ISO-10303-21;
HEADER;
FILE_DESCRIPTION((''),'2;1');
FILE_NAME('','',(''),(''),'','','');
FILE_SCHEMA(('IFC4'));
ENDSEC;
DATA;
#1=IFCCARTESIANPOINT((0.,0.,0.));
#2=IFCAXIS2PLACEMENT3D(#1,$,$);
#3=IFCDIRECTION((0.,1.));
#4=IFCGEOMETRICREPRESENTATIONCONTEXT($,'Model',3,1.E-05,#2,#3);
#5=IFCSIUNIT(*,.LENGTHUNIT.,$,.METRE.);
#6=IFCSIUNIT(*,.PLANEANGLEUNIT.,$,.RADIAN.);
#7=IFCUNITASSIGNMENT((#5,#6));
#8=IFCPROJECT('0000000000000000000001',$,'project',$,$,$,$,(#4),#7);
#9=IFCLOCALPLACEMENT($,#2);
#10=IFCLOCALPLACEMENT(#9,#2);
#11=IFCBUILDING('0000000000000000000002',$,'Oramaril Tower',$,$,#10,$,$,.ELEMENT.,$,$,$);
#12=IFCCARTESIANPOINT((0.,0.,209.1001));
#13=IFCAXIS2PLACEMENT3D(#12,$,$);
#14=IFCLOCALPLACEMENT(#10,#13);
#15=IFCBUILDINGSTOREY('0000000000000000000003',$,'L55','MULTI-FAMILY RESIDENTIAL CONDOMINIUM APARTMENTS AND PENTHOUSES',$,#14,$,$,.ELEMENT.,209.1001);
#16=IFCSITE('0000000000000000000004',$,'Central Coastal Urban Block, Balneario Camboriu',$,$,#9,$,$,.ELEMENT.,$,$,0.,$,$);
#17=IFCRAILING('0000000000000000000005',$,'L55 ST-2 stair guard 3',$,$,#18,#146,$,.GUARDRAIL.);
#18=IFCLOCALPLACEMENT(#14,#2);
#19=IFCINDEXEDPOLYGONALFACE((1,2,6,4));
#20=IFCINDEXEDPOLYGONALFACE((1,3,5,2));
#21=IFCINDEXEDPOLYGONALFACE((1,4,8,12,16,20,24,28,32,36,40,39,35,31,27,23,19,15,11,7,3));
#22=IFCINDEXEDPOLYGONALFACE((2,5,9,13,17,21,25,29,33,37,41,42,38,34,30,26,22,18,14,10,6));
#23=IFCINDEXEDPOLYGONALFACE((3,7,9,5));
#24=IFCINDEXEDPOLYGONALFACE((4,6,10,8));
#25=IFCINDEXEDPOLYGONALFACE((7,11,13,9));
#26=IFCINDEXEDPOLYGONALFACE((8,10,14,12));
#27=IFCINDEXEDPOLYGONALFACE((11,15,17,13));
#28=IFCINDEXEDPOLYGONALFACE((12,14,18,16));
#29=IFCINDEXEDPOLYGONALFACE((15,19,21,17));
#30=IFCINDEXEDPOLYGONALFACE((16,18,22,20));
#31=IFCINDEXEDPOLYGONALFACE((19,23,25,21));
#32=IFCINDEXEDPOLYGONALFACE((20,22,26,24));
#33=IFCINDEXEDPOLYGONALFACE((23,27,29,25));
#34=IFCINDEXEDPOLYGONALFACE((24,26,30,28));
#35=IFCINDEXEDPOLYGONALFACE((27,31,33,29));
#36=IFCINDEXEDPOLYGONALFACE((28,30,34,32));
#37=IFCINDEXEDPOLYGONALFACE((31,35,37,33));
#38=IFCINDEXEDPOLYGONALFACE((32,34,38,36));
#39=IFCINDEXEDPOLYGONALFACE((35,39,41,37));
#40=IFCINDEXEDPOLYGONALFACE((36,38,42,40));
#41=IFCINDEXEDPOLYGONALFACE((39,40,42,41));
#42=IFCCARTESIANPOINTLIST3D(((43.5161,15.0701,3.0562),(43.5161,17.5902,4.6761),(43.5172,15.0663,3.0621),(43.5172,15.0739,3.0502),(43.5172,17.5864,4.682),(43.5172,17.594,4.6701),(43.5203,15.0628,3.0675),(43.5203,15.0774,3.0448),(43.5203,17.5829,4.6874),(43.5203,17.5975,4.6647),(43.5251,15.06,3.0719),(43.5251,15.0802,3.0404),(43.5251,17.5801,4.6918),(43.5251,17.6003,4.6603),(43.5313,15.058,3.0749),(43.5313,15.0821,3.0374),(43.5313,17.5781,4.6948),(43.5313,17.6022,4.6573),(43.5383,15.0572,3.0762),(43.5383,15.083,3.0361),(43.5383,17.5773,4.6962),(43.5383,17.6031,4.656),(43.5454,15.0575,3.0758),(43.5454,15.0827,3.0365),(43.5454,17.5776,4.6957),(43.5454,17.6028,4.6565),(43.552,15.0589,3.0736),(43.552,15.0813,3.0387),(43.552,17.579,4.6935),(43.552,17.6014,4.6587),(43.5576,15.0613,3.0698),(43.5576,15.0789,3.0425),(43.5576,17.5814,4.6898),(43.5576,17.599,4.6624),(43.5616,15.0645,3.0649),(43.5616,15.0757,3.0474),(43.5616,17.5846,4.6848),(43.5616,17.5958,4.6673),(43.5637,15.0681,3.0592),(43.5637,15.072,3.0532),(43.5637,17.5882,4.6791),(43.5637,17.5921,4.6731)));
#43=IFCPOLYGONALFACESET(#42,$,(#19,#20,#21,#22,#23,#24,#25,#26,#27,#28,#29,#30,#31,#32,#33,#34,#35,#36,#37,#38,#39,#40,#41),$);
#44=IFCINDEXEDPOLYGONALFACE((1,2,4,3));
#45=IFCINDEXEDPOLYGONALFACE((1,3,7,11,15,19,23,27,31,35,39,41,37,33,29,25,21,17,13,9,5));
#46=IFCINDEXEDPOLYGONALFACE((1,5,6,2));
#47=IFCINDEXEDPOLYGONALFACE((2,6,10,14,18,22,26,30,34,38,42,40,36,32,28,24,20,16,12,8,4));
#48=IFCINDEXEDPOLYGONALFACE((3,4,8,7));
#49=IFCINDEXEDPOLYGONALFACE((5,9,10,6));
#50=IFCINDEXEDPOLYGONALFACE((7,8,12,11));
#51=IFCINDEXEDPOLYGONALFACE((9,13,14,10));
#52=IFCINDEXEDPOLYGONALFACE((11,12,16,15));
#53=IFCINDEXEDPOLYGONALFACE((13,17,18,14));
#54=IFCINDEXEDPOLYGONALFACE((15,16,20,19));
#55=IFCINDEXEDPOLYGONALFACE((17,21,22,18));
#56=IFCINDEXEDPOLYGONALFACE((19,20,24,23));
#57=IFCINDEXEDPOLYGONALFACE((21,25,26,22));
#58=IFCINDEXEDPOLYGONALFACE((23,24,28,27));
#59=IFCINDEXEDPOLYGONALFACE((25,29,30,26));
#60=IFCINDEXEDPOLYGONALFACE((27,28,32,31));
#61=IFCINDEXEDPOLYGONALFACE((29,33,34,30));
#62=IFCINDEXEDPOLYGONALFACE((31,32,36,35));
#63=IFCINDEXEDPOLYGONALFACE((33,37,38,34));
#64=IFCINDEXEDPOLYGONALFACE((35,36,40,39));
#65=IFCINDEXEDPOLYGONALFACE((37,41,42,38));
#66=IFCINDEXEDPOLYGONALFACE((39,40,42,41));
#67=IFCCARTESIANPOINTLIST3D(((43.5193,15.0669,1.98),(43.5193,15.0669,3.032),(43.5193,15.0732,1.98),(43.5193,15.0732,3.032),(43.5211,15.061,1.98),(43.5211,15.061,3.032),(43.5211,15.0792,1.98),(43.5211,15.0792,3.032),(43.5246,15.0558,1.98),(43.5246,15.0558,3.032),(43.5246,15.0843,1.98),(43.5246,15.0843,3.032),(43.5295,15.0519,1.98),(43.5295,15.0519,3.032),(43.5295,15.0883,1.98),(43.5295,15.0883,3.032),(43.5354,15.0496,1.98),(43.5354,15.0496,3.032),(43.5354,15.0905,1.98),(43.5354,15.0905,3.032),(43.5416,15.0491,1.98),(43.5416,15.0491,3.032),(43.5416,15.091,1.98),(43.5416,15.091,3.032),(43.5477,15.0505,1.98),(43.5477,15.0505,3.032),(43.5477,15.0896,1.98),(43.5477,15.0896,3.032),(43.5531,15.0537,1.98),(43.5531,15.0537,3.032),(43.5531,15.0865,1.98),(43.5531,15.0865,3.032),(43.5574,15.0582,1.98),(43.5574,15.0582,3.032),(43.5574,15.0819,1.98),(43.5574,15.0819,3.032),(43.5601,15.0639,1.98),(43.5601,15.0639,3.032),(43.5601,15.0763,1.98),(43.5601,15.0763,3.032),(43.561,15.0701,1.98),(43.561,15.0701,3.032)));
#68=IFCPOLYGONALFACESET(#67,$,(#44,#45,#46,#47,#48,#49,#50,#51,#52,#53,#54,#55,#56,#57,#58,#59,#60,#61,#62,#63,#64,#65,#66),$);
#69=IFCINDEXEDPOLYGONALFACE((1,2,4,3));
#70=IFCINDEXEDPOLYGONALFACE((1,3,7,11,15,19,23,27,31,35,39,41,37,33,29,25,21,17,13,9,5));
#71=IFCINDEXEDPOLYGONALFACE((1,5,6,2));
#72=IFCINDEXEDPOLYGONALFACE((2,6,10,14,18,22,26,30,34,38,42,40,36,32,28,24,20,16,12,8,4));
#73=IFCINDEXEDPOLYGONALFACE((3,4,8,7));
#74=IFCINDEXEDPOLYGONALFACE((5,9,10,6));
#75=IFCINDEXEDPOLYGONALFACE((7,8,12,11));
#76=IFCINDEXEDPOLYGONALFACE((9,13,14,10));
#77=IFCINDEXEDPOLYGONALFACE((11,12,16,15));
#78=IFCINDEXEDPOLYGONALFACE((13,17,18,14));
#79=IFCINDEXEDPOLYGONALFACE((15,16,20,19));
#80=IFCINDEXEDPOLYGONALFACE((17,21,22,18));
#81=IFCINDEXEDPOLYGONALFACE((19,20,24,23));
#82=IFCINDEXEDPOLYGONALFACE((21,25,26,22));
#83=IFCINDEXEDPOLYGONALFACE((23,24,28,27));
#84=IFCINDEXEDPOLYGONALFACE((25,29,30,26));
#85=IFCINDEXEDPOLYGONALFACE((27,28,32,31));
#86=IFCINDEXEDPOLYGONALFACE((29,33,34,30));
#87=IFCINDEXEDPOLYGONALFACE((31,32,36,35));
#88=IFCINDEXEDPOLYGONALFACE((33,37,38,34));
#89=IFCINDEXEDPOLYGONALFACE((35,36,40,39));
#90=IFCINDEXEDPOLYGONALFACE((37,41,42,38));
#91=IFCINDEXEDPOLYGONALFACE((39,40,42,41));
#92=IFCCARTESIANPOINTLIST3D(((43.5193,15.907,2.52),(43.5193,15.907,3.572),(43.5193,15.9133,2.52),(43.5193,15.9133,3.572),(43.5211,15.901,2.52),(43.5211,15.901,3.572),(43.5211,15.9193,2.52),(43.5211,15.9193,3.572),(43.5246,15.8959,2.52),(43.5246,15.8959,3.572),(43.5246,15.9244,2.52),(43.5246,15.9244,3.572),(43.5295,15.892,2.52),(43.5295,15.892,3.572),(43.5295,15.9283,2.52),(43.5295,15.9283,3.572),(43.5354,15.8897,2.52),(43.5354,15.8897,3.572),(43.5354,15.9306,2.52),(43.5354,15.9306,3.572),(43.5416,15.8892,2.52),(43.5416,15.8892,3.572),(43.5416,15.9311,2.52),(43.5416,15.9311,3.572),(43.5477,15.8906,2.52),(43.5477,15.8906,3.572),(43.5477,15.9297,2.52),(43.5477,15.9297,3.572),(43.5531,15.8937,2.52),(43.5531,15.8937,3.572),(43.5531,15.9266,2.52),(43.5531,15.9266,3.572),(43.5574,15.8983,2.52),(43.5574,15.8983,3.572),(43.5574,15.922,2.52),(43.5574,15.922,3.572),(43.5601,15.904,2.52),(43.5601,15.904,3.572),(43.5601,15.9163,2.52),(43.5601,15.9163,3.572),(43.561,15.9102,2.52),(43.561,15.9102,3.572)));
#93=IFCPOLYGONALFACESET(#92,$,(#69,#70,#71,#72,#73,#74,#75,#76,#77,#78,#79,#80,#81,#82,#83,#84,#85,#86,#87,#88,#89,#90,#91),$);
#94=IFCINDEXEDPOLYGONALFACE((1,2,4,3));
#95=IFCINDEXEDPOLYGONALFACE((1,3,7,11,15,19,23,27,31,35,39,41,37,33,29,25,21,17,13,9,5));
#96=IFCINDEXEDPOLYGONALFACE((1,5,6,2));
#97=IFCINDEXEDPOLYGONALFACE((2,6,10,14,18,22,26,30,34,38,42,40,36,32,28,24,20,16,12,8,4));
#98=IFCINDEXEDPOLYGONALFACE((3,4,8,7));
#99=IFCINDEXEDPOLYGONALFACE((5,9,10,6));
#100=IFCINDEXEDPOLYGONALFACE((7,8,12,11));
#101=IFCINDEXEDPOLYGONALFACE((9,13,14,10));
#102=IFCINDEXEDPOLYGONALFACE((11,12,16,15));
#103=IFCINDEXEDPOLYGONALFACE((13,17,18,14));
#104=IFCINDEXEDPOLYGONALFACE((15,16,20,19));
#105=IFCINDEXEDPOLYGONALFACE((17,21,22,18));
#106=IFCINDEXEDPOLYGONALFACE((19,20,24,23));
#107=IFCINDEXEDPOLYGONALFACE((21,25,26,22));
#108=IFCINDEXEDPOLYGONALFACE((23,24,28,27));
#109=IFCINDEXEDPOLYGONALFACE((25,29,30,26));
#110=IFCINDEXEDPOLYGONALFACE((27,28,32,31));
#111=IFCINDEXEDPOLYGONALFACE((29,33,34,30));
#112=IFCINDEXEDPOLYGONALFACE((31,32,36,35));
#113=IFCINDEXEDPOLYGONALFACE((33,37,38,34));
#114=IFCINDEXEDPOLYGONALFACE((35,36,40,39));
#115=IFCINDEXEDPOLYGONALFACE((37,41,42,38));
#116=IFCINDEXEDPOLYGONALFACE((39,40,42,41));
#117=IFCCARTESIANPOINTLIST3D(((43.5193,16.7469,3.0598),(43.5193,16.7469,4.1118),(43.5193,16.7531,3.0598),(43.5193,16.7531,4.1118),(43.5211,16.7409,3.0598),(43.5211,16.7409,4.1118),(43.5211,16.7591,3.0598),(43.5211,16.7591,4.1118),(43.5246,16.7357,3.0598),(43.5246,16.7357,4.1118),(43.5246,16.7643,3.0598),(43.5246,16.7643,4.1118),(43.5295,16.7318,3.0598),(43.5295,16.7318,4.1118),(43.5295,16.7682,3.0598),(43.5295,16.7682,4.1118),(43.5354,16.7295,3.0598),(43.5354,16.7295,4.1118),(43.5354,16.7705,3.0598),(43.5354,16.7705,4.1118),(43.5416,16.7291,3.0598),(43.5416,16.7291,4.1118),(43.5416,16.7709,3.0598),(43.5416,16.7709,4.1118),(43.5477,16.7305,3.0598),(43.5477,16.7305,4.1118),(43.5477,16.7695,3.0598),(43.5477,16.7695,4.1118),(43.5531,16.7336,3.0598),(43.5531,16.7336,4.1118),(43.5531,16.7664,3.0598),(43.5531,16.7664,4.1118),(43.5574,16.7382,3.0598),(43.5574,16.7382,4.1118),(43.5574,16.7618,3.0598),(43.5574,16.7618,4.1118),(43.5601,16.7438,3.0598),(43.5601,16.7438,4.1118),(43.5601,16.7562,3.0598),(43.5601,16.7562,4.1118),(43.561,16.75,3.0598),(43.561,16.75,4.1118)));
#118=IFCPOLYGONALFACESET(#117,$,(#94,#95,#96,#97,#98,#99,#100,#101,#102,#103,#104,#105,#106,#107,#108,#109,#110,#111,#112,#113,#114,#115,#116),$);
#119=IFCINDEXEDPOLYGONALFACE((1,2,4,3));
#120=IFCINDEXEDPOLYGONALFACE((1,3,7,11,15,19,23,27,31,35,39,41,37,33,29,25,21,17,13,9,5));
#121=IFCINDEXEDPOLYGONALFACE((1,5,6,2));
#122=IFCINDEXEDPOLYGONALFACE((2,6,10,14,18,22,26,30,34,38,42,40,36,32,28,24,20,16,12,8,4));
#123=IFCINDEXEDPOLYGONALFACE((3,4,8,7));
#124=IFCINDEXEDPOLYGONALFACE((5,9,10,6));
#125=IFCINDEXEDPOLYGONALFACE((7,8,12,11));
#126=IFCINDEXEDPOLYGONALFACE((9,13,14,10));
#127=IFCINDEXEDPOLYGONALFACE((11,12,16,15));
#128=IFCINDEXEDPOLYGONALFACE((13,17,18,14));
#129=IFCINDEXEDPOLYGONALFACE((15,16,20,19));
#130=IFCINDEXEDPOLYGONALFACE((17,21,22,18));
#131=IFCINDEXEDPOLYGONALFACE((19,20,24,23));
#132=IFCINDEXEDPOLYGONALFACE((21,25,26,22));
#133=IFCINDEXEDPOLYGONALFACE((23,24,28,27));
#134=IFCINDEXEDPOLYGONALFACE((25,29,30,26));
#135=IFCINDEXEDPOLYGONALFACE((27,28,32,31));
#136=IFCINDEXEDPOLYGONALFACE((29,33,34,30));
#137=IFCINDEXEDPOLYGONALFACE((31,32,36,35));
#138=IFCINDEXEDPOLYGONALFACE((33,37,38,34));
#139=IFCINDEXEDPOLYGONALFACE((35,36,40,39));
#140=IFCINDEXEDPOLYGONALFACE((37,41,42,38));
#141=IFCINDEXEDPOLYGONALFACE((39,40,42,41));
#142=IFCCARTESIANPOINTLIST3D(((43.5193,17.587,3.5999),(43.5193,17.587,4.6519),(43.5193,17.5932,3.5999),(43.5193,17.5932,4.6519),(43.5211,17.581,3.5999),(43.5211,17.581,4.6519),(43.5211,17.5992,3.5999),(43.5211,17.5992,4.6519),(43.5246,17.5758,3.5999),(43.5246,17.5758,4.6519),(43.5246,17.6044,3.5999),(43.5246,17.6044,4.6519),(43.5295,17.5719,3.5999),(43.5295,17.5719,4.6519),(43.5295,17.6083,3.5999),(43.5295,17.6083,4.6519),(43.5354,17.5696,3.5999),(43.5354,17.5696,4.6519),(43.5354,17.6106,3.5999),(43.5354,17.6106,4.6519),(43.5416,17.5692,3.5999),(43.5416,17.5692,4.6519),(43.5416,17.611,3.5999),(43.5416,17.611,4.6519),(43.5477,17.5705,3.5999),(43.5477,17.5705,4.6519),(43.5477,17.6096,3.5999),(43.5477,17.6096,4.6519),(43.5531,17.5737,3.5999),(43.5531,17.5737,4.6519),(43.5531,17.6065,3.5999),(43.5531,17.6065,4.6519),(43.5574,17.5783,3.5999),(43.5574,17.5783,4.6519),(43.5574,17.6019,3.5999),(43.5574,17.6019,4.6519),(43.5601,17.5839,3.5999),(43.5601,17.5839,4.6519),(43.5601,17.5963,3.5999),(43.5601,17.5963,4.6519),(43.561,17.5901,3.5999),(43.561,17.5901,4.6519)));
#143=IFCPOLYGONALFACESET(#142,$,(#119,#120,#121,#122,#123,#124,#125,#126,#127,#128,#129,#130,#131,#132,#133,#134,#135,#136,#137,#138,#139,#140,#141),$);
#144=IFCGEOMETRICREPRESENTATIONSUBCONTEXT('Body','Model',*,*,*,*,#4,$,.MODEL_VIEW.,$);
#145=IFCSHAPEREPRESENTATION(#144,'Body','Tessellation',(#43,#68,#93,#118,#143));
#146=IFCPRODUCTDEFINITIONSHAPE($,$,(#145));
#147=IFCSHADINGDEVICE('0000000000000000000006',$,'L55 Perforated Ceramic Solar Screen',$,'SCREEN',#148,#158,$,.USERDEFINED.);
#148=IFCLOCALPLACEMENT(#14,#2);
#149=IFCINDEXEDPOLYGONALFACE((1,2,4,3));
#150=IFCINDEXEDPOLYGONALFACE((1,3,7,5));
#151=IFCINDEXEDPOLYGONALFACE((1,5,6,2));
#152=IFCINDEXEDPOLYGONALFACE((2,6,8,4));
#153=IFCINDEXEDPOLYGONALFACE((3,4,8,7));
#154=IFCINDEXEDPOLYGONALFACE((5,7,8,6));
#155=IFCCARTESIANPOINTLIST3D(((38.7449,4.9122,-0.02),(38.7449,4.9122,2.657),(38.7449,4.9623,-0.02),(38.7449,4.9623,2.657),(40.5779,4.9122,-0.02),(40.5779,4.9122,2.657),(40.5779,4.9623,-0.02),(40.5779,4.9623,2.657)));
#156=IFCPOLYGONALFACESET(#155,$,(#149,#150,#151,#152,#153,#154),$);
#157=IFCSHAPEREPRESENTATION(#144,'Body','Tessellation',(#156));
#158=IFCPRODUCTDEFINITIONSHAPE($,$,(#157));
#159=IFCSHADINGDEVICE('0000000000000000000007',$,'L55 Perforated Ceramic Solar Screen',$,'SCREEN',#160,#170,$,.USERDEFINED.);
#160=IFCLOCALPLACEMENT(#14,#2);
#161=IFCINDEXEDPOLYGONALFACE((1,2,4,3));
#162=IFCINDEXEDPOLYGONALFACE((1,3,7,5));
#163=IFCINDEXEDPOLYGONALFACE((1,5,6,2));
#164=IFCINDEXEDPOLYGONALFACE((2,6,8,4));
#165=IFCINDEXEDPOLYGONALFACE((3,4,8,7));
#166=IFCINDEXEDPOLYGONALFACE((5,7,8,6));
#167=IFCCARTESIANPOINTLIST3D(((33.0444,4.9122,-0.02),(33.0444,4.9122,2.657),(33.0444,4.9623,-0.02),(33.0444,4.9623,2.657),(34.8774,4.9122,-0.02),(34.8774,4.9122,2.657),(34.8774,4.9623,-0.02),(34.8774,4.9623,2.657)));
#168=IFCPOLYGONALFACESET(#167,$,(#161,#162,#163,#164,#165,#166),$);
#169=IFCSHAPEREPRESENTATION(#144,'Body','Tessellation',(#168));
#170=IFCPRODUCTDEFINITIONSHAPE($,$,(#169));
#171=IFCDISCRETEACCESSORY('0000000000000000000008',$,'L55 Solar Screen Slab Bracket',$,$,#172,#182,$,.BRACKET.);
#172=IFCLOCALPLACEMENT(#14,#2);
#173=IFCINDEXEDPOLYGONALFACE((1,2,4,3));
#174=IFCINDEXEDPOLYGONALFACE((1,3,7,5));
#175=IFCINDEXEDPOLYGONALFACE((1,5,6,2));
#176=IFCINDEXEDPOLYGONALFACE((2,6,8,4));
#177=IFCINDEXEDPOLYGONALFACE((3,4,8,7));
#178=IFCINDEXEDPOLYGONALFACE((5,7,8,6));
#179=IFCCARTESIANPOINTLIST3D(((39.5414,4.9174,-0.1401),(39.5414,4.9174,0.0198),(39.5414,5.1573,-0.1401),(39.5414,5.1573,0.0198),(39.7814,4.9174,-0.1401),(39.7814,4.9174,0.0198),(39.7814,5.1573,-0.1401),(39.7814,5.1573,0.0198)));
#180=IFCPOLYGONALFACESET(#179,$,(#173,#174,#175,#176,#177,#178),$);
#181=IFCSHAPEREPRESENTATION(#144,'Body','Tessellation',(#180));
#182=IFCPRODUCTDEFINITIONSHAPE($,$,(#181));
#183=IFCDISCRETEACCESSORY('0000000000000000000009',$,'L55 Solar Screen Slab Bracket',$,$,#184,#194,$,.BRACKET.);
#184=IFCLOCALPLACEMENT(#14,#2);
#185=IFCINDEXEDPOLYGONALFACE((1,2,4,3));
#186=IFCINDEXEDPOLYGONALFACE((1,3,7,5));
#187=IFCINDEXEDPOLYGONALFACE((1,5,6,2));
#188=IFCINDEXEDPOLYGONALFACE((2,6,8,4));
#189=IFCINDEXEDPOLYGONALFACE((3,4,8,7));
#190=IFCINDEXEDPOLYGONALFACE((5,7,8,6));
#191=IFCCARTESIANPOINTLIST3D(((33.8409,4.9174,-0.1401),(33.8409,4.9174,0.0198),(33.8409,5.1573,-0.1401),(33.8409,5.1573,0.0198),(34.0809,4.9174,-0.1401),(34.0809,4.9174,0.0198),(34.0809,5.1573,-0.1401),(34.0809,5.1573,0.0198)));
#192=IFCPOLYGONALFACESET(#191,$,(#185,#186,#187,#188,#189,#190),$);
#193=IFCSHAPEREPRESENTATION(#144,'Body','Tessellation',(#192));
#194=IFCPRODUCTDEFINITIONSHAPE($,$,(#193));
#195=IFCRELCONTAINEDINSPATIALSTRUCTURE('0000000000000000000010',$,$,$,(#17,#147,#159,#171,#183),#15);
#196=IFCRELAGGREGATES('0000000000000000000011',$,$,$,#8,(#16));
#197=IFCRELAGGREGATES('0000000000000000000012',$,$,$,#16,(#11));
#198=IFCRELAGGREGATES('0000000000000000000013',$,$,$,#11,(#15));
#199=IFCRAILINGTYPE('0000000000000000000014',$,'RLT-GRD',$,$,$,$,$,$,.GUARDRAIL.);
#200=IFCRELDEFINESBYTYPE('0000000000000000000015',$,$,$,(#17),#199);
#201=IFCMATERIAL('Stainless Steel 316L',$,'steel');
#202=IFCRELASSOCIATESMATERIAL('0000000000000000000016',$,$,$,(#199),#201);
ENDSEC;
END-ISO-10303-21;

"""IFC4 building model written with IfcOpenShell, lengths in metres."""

from ifc_helpers import new_model, si_unit, direction, frame, origin, origin_2d, place, context, subcontext, project, spatial, rectangle, circle, extrude, material, type_object, element, save


model = new_model("IFC4")

# Units and contexts
model_context = context("Model", 3, precision=1e-05, world=origin(), true_north=direction((0.0, 1.0)))
body_context = subcontext(model_context, "Body", "Model", "MODEL_VIEW")
ifc_project = project(units=[si_unit("LENGTHUNIT", "METRE"), si_unit("PLANEANGLEUNIT", "RADIAN")], contexts=[model_context])

# Site, building, storey
site_placement = place(None, origin())
site = spatial("IfcSite", under=ifc_project, at=site_placement, Name="Central Coastal Urban Block, Balneario Camboriu", CompositionType="ELEMENT", RefElevation=0.0)
building_placement = place(site_placement, origin())
building = spatial("IfcBuilding", under=site, at=building_placement, Name="Oramaril Tower", CompositionType="ELEMENT")
storey_placement = place(building_placement, frame((0.0, 0.0, 209.1001)))
storey = spatial("IfcBuildingStorey", under=building, at=storey_placement, Name="L55", Description="MULTI-FAMILY RESIDENTIAL CONDOMINIUM APARTMENTS AND PENTHOUSES", CompositionType="ELEMENT", Elevation=209.1001)

# Railing
ifc_material_1 = material(Name="Stainless Steel 316L", Category="steel")
railing_type = type_object("IfcRailingType", Name="RLT-GRD", PredefinedType="GUARDRAIL", material=ifc_material_1)
railing_1_placement = place(storey_placement, frame((43.54, 15.0701, 1.98)))
element("IfcRailing", 1, at=railing_1_placement, inside=storey, type_object=railing_type, Name="L55 ST-2 stair guard 3", PredefinedType="GUARDRAIL", context=body_context, shape_type="SweptSolid", body=[
    extrude(circle(Radius=0.0239, at=origin_2d()), frame((0.0, 0.0, 1.0762), z_axis=(0.0, 0.8412, 0.540725), x_axis=(-1.0, 0.0, 0.0)), (0.0, 0.0, 1.0), 2.9958),
    extrude(circle(Radius=0.021, at=origin_2d()), origin(), (0.0, 0.0, 1.0), 1.052),
    extrude(circle(Radius=0.021, at=origin_2d()), frame((0.0, 0.8401, 0.54)), (0.0, 0.0, 1.0), 1.052),
    extrude(circle(Radius=0.021, at=origin_2d()), frame((0.0, 1.6799, 1.0798)), (0.0, 0.0, 1.0), 1.052),
    extrude(circle(Radius=0.021, at=origin_2d()), frame((0.0, 2.52, 1.6199)), (0.0, 0.0, 1.0), 1.052),
])

# Shading devices
for number, where, z_axis, x_axis, name in (
    (2, (39.6614, 4.9373, -0.02), (0.0, 0.0, 1.0), (1.0, 0.0, 0.0), "L55 Perforated Ceramic Solar Screen"),
    (3, (33.9609, 4.9373, -0.02), (0.0, 0.0, 1.0), (1.0, 0.0, 0.0), "L55 Perforated Ceramic Solar Screen"),
):
    element("IfcShadingDevice", number, at=place(storey_placement, frame(where, z_axis=z_axis, x_axis=x_axis)), inside=storey, Name=name, ObjectType="SCREEN", PredefinedType="USERDEFINED", context=body_context, shape_type="SweptSolid", body=[
        extrude(rectangle(XDim=1.833, YDim=0.05, at=origin_2d()), origin(), (0.0, 0.0, 1.0), 2.677),
    ])

# Discrete accessories
for number, where, z_axis, x_axis, name in (
    (4, (39.6614, 5.0374, -0.1401), (0.0, 0.0, 1.0), (1.0, 0.0, 0.0), "L55 Solar Screen Slab Bracket"),
    (5, (33.9609, 5.0374, -0.1401), (0.0, 0.0, 1.0), (1.0, 0.0, 0.0), "L55 Solar Screen Slab Bracket"),
):
    element("IfcDiscreteAccessory", number, at=place(storey_placement, frame(where, z_axis=z_axis, x_axis=x_axis)), inside=storey, Name=name, PredefinedType="BRACKET", context=body_context, shape_type="SweptSolid", body=[
        extrude(rectangle(XDim=0.24, YDim=0.24, at=origin_2d()), origin(), (0.0, 0.0, 1.0), 0.1599),
    ])

save(model, "model.ifc")
